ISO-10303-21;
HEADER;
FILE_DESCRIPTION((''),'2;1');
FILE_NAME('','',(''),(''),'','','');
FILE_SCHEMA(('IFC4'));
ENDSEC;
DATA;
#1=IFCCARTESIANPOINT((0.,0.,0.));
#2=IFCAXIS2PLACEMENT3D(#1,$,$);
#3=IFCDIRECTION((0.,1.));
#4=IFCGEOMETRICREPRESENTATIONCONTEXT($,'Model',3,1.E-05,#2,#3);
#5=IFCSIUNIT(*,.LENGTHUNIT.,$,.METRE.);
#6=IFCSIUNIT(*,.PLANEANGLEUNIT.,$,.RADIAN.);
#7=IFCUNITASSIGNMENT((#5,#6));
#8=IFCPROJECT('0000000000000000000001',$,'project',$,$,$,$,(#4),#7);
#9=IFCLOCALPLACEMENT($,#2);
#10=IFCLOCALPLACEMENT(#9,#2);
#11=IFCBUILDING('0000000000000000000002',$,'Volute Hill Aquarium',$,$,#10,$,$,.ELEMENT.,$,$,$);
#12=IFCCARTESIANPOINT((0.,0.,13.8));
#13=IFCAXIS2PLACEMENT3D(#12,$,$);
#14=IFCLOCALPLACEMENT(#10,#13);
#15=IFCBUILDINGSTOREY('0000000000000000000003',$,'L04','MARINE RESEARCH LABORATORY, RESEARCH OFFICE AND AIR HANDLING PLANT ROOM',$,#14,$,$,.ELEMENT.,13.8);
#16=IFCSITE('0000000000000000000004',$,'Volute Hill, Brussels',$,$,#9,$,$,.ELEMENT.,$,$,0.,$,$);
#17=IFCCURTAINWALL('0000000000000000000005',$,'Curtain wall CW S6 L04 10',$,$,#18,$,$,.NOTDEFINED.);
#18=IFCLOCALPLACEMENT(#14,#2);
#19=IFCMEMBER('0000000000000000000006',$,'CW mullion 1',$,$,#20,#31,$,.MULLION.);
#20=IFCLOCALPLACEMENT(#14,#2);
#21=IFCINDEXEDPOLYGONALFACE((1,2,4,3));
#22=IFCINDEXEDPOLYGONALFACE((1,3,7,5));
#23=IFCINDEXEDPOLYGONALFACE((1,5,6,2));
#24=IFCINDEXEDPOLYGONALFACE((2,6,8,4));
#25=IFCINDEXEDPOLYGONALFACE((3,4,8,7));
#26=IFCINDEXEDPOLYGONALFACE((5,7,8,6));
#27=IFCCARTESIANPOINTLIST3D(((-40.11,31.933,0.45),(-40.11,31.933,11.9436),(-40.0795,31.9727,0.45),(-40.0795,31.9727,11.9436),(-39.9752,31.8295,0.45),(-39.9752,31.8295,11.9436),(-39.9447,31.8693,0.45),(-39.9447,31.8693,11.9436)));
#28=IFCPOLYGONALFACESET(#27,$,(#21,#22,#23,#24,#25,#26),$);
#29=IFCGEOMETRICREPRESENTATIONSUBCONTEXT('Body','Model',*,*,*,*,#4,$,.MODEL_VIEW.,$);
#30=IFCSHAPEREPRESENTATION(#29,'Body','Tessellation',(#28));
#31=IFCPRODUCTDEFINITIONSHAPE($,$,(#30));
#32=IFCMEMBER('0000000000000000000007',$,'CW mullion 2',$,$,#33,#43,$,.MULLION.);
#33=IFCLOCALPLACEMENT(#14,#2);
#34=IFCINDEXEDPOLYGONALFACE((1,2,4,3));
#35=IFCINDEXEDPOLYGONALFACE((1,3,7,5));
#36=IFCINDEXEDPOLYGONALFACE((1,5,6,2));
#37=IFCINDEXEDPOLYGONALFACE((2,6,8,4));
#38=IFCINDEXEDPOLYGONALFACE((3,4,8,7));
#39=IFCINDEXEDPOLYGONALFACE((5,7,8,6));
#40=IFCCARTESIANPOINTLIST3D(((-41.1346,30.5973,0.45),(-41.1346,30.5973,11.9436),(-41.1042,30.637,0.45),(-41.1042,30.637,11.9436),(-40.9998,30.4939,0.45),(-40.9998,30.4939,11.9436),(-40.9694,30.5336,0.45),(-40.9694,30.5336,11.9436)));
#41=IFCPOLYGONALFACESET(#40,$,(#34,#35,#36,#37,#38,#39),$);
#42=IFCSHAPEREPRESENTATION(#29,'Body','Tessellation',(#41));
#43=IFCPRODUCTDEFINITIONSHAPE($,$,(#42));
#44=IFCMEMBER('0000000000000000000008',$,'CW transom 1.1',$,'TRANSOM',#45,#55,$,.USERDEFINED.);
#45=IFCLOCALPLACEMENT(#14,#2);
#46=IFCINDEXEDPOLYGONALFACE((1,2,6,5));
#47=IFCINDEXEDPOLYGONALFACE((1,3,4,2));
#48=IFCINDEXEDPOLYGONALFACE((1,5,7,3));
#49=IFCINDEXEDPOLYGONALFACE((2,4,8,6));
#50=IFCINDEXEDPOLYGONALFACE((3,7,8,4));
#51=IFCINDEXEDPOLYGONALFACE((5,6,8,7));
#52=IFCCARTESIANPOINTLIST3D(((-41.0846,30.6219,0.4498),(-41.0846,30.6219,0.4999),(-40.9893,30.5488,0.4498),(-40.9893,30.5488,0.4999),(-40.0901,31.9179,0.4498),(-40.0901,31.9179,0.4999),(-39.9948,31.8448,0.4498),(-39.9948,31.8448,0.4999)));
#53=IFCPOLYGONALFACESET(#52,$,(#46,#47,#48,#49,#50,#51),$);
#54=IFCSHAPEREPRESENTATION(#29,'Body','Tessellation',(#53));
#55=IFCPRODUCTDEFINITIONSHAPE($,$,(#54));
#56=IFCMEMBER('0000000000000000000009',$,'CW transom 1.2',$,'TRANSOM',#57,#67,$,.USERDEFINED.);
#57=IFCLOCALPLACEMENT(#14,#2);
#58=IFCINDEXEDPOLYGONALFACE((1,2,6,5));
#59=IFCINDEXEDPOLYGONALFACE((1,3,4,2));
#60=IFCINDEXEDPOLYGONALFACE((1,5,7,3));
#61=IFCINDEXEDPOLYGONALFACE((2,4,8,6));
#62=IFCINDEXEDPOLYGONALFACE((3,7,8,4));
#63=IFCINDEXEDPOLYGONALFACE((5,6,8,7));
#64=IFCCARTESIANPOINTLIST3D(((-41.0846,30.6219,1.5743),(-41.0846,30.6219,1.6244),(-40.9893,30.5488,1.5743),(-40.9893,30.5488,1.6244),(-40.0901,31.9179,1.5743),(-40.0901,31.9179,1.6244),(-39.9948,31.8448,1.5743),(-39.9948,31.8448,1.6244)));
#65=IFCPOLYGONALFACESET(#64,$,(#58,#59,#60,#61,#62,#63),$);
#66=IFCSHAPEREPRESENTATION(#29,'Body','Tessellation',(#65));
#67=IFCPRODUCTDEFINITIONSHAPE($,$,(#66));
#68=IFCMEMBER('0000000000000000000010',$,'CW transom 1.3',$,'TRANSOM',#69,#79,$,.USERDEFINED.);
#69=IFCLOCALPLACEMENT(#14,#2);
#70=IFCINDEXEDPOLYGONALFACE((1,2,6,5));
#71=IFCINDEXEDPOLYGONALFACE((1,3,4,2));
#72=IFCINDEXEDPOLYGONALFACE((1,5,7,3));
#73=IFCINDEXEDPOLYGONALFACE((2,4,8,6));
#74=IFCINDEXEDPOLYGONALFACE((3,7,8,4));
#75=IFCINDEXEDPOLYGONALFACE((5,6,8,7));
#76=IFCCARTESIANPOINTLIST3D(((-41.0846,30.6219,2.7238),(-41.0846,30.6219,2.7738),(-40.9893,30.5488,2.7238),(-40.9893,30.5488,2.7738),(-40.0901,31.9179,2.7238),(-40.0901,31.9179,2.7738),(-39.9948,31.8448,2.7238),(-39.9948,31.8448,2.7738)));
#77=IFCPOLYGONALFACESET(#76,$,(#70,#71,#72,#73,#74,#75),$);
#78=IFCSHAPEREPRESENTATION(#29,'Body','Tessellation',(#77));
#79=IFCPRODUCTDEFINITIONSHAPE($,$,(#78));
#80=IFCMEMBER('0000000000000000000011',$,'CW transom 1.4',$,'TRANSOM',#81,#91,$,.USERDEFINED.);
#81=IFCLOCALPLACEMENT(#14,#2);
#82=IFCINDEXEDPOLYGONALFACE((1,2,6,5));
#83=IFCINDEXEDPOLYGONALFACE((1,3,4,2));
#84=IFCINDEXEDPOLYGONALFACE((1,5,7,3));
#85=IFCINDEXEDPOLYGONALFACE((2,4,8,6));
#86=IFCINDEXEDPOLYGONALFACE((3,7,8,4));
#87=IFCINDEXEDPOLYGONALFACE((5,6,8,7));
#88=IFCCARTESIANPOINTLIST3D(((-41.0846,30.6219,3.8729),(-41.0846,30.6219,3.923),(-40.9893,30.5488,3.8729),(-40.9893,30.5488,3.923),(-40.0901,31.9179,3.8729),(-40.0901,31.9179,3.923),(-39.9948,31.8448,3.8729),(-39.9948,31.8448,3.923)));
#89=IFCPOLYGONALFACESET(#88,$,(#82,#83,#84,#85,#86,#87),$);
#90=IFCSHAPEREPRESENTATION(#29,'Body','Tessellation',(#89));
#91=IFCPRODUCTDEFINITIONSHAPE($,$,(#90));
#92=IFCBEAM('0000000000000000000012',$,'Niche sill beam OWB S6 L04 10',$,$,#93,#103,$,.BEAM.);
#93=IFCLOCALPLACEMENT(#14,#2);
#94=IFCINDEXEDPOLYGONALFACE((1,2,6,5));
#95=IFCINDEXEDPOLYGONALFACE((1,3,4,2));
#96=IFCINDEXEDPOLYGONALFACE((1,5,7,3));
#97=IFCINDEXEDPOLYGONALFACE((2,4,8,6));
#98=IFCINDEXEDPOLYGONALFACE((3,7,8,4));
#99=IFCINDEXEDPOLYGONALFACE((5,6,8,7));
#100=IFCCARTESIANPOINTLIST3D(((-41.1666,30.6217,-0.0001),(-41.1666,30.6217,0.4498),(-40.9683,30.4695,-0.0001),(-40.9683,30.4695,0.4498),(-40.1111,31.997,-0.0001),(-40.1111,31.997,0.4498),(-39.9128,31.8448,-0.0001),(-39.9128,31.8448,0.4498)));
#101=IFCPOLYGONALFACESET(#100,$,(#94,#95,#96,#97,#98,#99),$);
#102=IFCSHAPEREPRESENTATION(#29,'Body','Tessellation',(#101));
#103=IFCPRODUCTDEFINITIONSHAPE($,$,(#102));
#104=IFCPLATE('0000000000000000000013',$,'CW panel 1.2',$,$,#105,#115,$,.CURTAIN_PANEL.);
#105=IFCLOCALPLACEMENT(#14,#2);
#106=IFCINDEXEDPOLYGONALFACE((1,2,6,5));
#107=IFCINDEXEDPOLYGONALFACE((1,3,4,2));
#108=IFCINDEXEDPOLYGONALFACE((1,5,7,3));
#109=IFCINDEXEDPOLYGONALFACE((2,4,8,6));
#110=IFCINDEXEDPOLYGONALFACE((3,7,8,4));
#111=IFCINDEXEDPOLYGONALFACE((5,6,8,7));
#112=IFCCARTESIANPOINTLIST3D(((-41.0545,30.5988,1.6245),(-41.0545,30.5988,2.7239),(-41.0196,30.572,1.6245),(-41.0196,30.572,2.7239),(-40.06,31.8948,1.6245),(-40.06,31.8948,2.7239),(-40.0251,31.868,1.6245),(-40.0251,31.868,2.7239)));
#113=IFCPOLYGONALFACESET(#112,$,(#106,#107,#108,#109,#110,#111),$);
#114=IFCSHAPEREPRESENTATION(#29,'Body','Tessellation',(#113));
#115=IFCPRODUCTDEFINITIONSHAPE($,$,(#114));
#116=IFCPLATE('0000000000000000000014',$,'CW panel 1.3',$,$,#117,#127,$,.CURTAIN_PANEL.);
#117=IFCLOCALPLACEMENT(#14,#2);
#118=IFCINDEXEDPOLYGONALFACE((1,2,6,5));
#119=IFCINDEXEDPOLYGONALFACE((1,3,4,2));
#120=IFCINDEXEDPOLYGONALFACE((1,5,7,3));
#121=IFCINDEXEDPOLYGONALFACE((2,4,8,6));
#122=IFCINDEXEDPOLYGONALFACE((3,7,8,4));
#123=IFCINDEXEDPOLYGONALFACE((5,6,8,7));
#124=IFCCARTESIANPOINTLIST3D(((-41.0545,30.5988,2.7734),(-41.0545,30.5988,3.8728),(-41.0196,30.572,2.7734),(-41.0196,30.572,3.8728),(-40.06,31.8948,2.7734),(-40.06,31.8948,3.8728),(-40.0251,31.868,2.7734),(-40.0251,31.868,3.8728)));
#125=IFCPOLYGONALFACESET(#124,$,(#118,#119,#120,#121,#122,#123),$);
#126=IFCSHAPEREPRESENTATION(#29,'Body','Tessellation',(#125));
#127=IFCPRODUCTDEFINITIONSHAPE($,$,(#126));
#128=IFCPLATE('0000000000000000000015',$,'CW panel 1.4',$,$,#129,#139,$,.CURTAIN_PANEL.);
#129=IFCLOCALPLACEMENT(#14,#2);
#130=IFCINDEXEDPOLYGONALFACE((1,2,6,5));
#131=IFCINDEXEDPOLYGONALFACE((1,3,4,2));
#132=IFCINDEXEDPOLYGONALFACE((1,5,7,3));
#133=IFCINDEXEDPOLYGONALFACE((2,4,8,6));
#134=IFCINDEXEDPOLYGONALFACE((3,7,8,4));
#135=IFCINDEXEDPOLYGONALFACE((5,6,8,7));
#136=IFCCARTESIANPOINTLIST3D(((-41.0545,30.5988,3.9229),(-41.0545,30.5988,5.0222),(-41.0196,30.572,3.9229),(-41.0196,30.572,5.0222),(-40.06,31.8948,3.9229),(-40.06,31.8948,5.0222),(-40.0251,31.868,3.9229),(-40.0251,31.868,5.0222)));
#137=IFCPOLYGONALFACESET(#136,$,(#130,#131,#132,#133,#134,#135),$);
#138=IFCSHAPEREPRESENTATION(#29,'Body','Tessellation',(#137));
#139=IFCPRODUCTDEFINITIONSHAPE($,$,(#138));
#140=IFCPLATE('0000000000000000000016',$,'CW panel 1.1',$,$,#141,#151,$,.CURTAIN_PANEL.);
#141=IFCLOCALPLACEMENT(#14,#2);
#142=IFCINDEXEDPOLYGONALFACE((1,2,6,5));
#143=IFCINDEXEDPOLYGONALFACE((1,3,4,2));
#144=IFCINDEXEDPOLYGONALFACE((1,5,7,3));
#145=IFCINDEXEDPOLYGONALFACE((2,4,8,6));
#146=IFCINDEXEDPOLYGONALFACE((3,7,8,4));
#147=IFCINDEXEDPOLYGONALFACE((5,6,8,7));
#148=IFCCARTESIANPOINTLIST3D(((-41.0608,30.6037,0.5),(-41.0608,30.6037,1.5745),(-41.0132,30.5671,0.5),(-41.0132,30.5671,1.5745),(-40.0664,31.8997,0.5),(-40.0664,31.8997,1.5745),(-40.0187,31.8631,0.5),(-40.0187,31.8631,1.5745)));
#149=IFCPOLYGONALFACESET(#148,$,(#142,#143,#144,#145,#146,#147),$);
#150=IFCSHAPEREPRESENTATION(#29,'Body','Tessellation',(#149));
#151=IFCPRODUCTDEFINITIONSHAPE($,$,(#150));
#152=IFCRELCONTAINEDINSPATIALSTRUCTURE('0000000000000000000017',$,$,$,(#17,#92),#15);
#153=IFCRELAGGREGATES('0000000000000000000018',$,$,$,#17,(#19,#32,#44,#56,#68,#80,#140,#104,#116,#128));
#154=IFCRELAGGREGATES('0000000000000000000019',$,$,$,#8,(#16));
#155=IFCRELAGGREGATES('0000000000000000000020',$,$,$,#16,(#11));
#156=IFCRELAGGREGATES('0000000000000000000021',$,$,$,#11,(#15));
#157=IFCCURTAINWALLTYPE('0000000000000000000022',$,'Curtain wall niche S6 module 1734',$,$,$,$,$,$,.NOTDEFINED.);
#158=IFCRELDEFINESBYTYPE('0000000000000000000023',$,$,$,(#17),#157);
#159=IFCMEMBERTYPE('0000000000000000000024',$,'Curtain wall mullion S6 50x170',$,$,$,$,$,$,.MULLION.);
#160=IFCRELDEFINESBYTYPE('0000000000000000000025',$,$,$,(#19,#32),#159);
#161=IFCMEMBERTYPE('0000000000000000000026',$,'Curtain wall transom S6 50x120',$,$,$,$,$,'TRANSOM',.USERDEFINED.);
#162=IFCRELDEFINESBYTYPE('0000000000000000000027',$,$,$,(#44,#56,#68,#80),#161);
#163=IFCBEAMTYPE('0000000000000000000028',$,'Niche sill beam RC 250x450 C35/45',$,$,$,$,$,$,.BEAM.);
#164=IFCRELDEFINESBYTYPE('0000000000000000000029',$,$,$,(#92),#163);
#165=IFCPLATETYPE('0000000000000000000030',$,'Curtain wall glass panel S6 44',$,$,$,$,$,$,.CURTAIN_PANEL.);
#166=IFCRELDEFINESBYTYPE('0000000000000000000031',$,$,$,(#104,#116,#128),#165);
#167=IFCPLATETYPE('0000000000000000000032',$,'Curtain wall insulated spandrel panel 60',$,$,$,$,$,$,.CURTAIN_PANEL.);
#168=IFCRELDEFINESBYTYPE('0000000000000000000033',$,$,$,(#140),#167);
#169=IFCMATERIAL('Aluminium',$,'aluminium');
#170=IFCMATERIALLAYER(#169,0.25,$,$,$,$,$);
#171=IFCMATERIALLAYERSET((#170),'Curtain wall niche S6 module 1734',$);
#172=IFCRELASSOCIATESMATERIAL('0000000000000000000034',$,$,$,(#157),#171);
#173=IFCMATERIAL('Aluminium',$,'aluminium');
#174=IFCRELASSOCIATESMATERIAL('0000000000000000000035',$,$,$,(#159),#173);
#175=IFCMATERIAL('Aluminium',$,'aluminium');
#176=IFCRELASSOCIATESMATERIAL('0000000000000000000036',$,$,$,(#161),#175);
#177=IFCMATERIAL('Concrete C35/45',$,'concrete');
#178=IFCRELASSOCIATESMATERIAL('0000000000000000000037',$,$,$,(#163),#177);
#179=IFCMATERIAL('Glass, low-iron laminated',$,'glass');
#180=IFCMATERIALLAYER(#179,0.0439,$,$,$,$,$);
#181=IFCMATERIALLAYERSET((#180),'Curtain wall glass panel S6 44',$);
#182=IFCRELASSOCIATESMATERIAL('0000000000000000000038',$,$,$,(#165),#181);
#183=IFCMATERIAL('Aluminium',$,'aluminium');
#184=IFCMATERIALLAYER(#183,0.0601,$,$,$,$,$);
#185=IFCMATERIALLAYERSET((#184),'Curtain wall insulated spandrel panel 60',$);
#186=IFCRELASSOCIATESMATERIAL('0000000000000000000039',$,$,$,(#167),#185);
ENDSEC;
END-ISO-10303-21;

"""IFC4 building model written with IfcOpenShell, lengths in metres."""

from ifc_helpers import new_model, si_unit, direction, frame, origin, origin_2d, place, context, subcontext, project, spatial, rectangle, extrude, material, layer, layer_set, material_profile, profile_set, type_object, element, aggregate, save


model = new_model("IFC4")

# Units and contexts
model_context = context("Model", 3, precision=1e-05, world=origin(), true_north=direction((0.0, 1.0)))
body_context = subcontext(model_context, "Body", "Model", "MODEL_VIEW")
ifc_project = project(units=[si_unit("LENGTHUNIT", "METRE"), si_unit("PLANEANGLEUNIT", "RADIAN")], contexts=[model_context])

# Site, building, storey
site_placement = place(None, origin())
site = spatial("IfcSite", under=ifc_project, at=site_placement, Name="Volute Hill, Brussels", CompositionType="ELEMENT", RefElevation=0.0)
building_placement = place(site_placement, origin())
building = spatial("IfcBuilding", under=site, at=building_placement, Name="Volute Hill Aquarium", CompositionType="ELEMENT")
storey_placement = place(building_placement, frame((0.0, 0.0, 13.8)))
storey = spatial("IfcBuildingStorey", under=building, at=storey_placement, Name="L04", Description="MARINE RESEARCH LABORATORY, RESEARCH OFFICE AND AIR HANDLING PLANT ROOM", CompositionType="ELEMENT", Elevation=13.8)

# Curtain wall, members
ifc_material_1 = material(Name="Aluminium", Category="aluminium")
ifc_layer_1 = layer(ifc_material_1, 0.25)
ifc_layer_set_1 = layer_set([ifc_layer_1], Name="Curtain wall niche S6 module 1734")
curtain_wall_type = type_object("IfcCurtainWallType", Name="Curtain wall niche S6 module 1734", PredefinedType="NOTDEFINED", material=ifc_layer_set_1)
curtain_wall_placement = place(storey_placement, origin())
curtain_wall = element("IfcCurtainWall", 1, at=curtain_wall_placement, inside=storey, type_object=curtain_wall_type, Name="Curtain wall CW S6 L04 10", PredefinedType="NOTDEFINED")
ifc_material_2 = material(Name="Aluminium", Category="aluminium")
ifc_material_profile_1 = material_profile(ifc_material_2, rectangle(XDim=0.1699, YDim=0.05, at=origin_2d()), Name="Curtain wall mullion S6 50x170")
ifc_profile_set_1 = profile_set([ifc_material_profile_1], Name="Aluminium")
member_type_1 = type_object("IfcMemberType", Name="Curtain wall mullion S6 50x170", PredefinedType="MULLION", material=ifc_profile_set_1)
member_1_placement = place(storey_placement, frame((-40.0273, 31.9011, 0.45), z_axis=(0.0, 0.0, 1.0), x_axis=(0.793349, -0.608767, 0.0)))
member_1 = element("IfcMember", 2, at=member_1_placement, type_object=member_type_1, Name="CW mullion 1", PredefinedType="MULLION", context=body_context, shape_type="SweptSolid", body=[
    extrude(rectangle(XDim=0.1699, YDim=0.05, at=origin_2d()), origin(), (0.0, 0.0, 1.0), 11.4937),
])
member_2_placement = place(storey_placement, frame((-41.052, 30.5654, 0.45), z_axis=(0.0, 0.0, 1.0), x_axis=(0.793349, -0.608767, 0.0)))
member_2 = element("IfcMember", 3, at=member_2_placement, type_object=member_type_1, Name="CW mullion 2", PredefinedType="MULLION", context=body_context, shape_type="SweptSolid", body=[
    extrude(rectangle(XDim=0.1699, YDim=0.05, at=origin_2d()), origin(), (0.0, 0.0, 1.0), 11.4937),
])
ifc_material_3 = material(Name="Aluminium", Category="aluminium")
ifc_material_profile_2 = material_profile(ifc_material_3, rectangle(XDim=0.1201, YDim=0.05, at=origin_2d()), Name="Curtain wall transom S6 50x120")
ifc_profile_set_2 = profile_set([ifc_material_profile_2], Name="Aluminium")
member_type_2 = type_object("IfcMemberType", Name="Curtain wall transom S6 50x120", ElementType="TRANSOM", PredefinedType="USERDEFINED", material=ifc_profile_set_2)
member_3_placement = place(storey_placement, frame((-40.0425, 31.8813, 0.4749), z_axis=(-0.608764, -0.793351, 0.0), x_axis=(0.793351, -0.608764, 0.0)))
member_3 = element("IfcMember", 4, at=member_3_placement, type_object=member_type_2, Name="CW transom 1.1", ObjectType="TRANSOM", PredefinedType="USERDEFINED", context=body_context, shape_type="SweptSolid", body=[
    extrude(rectangle(XDim=0.1201, YDim=0.05, at=origin_2d()), origin(), (0.0, 0.0, 1.0), 1.6335),
])
member_4_placement = place(storey_placement, frame((-40.0425, 31.8813, 1.5994), z_axis=(-0.608764, -0.793351, 0.0), x_axis=(0.793351, -0.608764, 0.0)))
member_4 = element("IfcMember", 5, at=member_4_placement, type_object=member_type_2, Name="CW transom 1.2", ObjectType="TRANSOM", PredefinedType="USERDEFINED", context=body_context, shape_type="SweptSolid", body=[
    extrude(rectangle(XDim=0.1201, YDim=0.05, at=origin_2d()), origin(), (0.0, 0.0, 1.0), 1.6335),
])
member_5_placement = place(storey_placement, frame((-40.0425, 31.8813, 2.7488), z_axis=(-0.608764, -0.793351, 0.0), x_axis=(0.793351, -0.608764, 0.0)))
member_5 = element("IfcMember", 6, at=member_5_placement, type_object=member_type_2, Name="CW transom 1.3", ObjectType="TRANSOM", PredefinedType="USERDEFINED", context=body_context, shape_type="SweptSolid", body=[
    extrude(rectangle(XDim=0.1201, YDim=0.05, at=origin_2d()), origin(), (0.0, 0.0, 1.0), 1.6335),
])
member_6_placement = place(storey_placement, frame((-40.0425, 31.8813, 3.8979), z_axis=(-0.608764, -0.793351, 0.0), x_axis=(0.793351, -0.608764, 0.0)))
member_6 = element("IfcMember", 7, at=member_6_placement, type_object=member_type_2, Name="CW transom 1.4", ObjectType="TRANSOM", PredefinedType="USERDEFINED", context=body_context, shape_type="SweptSolid", body=[
    extrude(rectangle(XDim=0.1201, YDim=0.05, at=origin_2d()), origin(), (0.0, 0.0, 1.0), 1.6335),
])

# Beam
ifc_material_4 = material(Name="Concrete C35/45", Category="concrete")
ifc_material_profile_3 = material_profile(ifc_material_4, rectangle(XDim=0.25, YDim=0.45, at=origin_2d()), Name="RC beam 250x450")
ifc_profile_set_3 = profile_set([ifc_material_profile_3], Name="Concrete C35/45")
beam_type = type_object("IfcBeamType", Name="Niche sill beam RC 250x450 C35/45", PredefinedType="BEAM", material=ifc_profile_set_3)
beam_placement = place(storey_placement, frame((-40.012, 31.9209, 0.2249), z_axis=(-0.608819, -0.793309, 0.0), x_axis=(0.793309, -0.608819, 0.0)))
element("IfcBeam", 8, at=beam_placement, inside=storey, type_object=beam_type, Name="Niche sill beam OWB S6 L04 10", PredefinedType="BEAM", context=body_context, shape_type="SweptSolid", body=[
    extrude(rectangle(XDim=0.25, YDim=0.45, at=origin_2d()), origin(), (0.0, 0.0, 1.0), 1.7336),
])

# Plates
ifc_material_5 = material(Name="Glass, low-iron laminated", Category="glass")
ifc_layer_2 = layer(ifc_material_5, 0.0439)
ifc_layer_set_2 = layer_set([ifc_layer_2], Name="Curtain wall glass panel S6 44")
plate_type_1 = type_object("IfcPlateType", Name="Curtain wall glass panel S6 44", PredefinedType="CURTAIN_PANEL", material=ifc_layer_set_2)
plate_1_placement = place(storey_placement, frame((-40.5398, 31.2334, 1.6245), z_axis=(0.0, 0.0, 1.0), x_axis=(-0.608767, -0.793349, 0.0)))
plate_1 = element("IfcPlate", 9, at=plate_1_placement, type_object=plate_type_1, Name="CW panel 1.2", PredefinedType="CURTAIN_PANEL", context=body_context, shape_type="SweptSolid", body=[
    extrude(rectangle(XDim=1.6335, YDim=0.0439, at=origin_2d()), origin(), (0.0, 0.0, 1.0), 1.0994),
])
plate_2_placement = place(storey_placement, frame((-40.5398, 31.2334, 2.7734), z_axis=(0.0, 0.0, 1.0), x_axis=(-0.608767, -0.793349, 0.0)))
plate_2 = element("IfcPlate", 10, at=plate_2_placement, type_object=plate_type_1, Name="CW panel 1.3", PredefinedType="CURTAIN_PANEL", context=body_context, shape_type="SweptSolid", body=[
    extrude(rectangle(XDim=1.6335, YDim=0.0439, at=origin_2d()), origin(), (0.0, 0.0, 1.0), 1.0994),
])
plate_3_placement = place(storey_placement, frame((-40.5398, 31.2334, 3.9229), z_axis=(0.0, 0.0, 1.0), x_axis=(-0.608767, -0.793349, 0.0)))
plate_3 = element("IfcPlate", 11, at=plate_3_placement, type_object=plate_type_1, Name="CW panel 1.4", PredefinedType="CURTAIN_PANEL", context=body_context, shape_type="SweptSolid", body=[
    extrude(rectangle(XDim=1.6335, YDim=0.0439, at=origin_2d()), origin(), (0.0, 0.0, 1.0), 1.0994),
])
ifc_material_6 = material(Name="Aluminium", Category="aluminium")
ifc_layer_3 = layer(ifc_material_6, 0.0601)
ifc_layer_set_3 = layer_set([ifc_layer_3], Name="Curtain wall insulated spandrel panel 60")
plate_type_2 = type_object("IfcPlateType", Name="Curtain wall insulated spandrel panel 60", PredefinedType="CURTAIN_PANEL", material=ifc_layer_set_3)
plate_4_placement = place(storey_placement, frame((-40.5398, 31.2334, 0.5), z_axis=(0.0, 0.0, 1.0), x_axis=(-0.608767, -0.793349, 0.0)))
plate_4 = element("IfcPlate", 12, at=plate_4_placement, type_object=plate_type_2, Name="CW panel 1.1", PredefinedType="CURTAIN_PANEL", context=body_context, shape_type="SweptSolid", body=[
    extrude(rectangle(XDim=1.6335, YDim=0.0601, at=origin_2d()), origin(), (0.0, 0.0, 1.0), 1.0745),
])
aggregate(curtain_wall, [member_1, member_2, member_3, member_4, member_5, member_6, plate_4, plate_1, plate_2, plate_3])

save(model, "model.ifc")
